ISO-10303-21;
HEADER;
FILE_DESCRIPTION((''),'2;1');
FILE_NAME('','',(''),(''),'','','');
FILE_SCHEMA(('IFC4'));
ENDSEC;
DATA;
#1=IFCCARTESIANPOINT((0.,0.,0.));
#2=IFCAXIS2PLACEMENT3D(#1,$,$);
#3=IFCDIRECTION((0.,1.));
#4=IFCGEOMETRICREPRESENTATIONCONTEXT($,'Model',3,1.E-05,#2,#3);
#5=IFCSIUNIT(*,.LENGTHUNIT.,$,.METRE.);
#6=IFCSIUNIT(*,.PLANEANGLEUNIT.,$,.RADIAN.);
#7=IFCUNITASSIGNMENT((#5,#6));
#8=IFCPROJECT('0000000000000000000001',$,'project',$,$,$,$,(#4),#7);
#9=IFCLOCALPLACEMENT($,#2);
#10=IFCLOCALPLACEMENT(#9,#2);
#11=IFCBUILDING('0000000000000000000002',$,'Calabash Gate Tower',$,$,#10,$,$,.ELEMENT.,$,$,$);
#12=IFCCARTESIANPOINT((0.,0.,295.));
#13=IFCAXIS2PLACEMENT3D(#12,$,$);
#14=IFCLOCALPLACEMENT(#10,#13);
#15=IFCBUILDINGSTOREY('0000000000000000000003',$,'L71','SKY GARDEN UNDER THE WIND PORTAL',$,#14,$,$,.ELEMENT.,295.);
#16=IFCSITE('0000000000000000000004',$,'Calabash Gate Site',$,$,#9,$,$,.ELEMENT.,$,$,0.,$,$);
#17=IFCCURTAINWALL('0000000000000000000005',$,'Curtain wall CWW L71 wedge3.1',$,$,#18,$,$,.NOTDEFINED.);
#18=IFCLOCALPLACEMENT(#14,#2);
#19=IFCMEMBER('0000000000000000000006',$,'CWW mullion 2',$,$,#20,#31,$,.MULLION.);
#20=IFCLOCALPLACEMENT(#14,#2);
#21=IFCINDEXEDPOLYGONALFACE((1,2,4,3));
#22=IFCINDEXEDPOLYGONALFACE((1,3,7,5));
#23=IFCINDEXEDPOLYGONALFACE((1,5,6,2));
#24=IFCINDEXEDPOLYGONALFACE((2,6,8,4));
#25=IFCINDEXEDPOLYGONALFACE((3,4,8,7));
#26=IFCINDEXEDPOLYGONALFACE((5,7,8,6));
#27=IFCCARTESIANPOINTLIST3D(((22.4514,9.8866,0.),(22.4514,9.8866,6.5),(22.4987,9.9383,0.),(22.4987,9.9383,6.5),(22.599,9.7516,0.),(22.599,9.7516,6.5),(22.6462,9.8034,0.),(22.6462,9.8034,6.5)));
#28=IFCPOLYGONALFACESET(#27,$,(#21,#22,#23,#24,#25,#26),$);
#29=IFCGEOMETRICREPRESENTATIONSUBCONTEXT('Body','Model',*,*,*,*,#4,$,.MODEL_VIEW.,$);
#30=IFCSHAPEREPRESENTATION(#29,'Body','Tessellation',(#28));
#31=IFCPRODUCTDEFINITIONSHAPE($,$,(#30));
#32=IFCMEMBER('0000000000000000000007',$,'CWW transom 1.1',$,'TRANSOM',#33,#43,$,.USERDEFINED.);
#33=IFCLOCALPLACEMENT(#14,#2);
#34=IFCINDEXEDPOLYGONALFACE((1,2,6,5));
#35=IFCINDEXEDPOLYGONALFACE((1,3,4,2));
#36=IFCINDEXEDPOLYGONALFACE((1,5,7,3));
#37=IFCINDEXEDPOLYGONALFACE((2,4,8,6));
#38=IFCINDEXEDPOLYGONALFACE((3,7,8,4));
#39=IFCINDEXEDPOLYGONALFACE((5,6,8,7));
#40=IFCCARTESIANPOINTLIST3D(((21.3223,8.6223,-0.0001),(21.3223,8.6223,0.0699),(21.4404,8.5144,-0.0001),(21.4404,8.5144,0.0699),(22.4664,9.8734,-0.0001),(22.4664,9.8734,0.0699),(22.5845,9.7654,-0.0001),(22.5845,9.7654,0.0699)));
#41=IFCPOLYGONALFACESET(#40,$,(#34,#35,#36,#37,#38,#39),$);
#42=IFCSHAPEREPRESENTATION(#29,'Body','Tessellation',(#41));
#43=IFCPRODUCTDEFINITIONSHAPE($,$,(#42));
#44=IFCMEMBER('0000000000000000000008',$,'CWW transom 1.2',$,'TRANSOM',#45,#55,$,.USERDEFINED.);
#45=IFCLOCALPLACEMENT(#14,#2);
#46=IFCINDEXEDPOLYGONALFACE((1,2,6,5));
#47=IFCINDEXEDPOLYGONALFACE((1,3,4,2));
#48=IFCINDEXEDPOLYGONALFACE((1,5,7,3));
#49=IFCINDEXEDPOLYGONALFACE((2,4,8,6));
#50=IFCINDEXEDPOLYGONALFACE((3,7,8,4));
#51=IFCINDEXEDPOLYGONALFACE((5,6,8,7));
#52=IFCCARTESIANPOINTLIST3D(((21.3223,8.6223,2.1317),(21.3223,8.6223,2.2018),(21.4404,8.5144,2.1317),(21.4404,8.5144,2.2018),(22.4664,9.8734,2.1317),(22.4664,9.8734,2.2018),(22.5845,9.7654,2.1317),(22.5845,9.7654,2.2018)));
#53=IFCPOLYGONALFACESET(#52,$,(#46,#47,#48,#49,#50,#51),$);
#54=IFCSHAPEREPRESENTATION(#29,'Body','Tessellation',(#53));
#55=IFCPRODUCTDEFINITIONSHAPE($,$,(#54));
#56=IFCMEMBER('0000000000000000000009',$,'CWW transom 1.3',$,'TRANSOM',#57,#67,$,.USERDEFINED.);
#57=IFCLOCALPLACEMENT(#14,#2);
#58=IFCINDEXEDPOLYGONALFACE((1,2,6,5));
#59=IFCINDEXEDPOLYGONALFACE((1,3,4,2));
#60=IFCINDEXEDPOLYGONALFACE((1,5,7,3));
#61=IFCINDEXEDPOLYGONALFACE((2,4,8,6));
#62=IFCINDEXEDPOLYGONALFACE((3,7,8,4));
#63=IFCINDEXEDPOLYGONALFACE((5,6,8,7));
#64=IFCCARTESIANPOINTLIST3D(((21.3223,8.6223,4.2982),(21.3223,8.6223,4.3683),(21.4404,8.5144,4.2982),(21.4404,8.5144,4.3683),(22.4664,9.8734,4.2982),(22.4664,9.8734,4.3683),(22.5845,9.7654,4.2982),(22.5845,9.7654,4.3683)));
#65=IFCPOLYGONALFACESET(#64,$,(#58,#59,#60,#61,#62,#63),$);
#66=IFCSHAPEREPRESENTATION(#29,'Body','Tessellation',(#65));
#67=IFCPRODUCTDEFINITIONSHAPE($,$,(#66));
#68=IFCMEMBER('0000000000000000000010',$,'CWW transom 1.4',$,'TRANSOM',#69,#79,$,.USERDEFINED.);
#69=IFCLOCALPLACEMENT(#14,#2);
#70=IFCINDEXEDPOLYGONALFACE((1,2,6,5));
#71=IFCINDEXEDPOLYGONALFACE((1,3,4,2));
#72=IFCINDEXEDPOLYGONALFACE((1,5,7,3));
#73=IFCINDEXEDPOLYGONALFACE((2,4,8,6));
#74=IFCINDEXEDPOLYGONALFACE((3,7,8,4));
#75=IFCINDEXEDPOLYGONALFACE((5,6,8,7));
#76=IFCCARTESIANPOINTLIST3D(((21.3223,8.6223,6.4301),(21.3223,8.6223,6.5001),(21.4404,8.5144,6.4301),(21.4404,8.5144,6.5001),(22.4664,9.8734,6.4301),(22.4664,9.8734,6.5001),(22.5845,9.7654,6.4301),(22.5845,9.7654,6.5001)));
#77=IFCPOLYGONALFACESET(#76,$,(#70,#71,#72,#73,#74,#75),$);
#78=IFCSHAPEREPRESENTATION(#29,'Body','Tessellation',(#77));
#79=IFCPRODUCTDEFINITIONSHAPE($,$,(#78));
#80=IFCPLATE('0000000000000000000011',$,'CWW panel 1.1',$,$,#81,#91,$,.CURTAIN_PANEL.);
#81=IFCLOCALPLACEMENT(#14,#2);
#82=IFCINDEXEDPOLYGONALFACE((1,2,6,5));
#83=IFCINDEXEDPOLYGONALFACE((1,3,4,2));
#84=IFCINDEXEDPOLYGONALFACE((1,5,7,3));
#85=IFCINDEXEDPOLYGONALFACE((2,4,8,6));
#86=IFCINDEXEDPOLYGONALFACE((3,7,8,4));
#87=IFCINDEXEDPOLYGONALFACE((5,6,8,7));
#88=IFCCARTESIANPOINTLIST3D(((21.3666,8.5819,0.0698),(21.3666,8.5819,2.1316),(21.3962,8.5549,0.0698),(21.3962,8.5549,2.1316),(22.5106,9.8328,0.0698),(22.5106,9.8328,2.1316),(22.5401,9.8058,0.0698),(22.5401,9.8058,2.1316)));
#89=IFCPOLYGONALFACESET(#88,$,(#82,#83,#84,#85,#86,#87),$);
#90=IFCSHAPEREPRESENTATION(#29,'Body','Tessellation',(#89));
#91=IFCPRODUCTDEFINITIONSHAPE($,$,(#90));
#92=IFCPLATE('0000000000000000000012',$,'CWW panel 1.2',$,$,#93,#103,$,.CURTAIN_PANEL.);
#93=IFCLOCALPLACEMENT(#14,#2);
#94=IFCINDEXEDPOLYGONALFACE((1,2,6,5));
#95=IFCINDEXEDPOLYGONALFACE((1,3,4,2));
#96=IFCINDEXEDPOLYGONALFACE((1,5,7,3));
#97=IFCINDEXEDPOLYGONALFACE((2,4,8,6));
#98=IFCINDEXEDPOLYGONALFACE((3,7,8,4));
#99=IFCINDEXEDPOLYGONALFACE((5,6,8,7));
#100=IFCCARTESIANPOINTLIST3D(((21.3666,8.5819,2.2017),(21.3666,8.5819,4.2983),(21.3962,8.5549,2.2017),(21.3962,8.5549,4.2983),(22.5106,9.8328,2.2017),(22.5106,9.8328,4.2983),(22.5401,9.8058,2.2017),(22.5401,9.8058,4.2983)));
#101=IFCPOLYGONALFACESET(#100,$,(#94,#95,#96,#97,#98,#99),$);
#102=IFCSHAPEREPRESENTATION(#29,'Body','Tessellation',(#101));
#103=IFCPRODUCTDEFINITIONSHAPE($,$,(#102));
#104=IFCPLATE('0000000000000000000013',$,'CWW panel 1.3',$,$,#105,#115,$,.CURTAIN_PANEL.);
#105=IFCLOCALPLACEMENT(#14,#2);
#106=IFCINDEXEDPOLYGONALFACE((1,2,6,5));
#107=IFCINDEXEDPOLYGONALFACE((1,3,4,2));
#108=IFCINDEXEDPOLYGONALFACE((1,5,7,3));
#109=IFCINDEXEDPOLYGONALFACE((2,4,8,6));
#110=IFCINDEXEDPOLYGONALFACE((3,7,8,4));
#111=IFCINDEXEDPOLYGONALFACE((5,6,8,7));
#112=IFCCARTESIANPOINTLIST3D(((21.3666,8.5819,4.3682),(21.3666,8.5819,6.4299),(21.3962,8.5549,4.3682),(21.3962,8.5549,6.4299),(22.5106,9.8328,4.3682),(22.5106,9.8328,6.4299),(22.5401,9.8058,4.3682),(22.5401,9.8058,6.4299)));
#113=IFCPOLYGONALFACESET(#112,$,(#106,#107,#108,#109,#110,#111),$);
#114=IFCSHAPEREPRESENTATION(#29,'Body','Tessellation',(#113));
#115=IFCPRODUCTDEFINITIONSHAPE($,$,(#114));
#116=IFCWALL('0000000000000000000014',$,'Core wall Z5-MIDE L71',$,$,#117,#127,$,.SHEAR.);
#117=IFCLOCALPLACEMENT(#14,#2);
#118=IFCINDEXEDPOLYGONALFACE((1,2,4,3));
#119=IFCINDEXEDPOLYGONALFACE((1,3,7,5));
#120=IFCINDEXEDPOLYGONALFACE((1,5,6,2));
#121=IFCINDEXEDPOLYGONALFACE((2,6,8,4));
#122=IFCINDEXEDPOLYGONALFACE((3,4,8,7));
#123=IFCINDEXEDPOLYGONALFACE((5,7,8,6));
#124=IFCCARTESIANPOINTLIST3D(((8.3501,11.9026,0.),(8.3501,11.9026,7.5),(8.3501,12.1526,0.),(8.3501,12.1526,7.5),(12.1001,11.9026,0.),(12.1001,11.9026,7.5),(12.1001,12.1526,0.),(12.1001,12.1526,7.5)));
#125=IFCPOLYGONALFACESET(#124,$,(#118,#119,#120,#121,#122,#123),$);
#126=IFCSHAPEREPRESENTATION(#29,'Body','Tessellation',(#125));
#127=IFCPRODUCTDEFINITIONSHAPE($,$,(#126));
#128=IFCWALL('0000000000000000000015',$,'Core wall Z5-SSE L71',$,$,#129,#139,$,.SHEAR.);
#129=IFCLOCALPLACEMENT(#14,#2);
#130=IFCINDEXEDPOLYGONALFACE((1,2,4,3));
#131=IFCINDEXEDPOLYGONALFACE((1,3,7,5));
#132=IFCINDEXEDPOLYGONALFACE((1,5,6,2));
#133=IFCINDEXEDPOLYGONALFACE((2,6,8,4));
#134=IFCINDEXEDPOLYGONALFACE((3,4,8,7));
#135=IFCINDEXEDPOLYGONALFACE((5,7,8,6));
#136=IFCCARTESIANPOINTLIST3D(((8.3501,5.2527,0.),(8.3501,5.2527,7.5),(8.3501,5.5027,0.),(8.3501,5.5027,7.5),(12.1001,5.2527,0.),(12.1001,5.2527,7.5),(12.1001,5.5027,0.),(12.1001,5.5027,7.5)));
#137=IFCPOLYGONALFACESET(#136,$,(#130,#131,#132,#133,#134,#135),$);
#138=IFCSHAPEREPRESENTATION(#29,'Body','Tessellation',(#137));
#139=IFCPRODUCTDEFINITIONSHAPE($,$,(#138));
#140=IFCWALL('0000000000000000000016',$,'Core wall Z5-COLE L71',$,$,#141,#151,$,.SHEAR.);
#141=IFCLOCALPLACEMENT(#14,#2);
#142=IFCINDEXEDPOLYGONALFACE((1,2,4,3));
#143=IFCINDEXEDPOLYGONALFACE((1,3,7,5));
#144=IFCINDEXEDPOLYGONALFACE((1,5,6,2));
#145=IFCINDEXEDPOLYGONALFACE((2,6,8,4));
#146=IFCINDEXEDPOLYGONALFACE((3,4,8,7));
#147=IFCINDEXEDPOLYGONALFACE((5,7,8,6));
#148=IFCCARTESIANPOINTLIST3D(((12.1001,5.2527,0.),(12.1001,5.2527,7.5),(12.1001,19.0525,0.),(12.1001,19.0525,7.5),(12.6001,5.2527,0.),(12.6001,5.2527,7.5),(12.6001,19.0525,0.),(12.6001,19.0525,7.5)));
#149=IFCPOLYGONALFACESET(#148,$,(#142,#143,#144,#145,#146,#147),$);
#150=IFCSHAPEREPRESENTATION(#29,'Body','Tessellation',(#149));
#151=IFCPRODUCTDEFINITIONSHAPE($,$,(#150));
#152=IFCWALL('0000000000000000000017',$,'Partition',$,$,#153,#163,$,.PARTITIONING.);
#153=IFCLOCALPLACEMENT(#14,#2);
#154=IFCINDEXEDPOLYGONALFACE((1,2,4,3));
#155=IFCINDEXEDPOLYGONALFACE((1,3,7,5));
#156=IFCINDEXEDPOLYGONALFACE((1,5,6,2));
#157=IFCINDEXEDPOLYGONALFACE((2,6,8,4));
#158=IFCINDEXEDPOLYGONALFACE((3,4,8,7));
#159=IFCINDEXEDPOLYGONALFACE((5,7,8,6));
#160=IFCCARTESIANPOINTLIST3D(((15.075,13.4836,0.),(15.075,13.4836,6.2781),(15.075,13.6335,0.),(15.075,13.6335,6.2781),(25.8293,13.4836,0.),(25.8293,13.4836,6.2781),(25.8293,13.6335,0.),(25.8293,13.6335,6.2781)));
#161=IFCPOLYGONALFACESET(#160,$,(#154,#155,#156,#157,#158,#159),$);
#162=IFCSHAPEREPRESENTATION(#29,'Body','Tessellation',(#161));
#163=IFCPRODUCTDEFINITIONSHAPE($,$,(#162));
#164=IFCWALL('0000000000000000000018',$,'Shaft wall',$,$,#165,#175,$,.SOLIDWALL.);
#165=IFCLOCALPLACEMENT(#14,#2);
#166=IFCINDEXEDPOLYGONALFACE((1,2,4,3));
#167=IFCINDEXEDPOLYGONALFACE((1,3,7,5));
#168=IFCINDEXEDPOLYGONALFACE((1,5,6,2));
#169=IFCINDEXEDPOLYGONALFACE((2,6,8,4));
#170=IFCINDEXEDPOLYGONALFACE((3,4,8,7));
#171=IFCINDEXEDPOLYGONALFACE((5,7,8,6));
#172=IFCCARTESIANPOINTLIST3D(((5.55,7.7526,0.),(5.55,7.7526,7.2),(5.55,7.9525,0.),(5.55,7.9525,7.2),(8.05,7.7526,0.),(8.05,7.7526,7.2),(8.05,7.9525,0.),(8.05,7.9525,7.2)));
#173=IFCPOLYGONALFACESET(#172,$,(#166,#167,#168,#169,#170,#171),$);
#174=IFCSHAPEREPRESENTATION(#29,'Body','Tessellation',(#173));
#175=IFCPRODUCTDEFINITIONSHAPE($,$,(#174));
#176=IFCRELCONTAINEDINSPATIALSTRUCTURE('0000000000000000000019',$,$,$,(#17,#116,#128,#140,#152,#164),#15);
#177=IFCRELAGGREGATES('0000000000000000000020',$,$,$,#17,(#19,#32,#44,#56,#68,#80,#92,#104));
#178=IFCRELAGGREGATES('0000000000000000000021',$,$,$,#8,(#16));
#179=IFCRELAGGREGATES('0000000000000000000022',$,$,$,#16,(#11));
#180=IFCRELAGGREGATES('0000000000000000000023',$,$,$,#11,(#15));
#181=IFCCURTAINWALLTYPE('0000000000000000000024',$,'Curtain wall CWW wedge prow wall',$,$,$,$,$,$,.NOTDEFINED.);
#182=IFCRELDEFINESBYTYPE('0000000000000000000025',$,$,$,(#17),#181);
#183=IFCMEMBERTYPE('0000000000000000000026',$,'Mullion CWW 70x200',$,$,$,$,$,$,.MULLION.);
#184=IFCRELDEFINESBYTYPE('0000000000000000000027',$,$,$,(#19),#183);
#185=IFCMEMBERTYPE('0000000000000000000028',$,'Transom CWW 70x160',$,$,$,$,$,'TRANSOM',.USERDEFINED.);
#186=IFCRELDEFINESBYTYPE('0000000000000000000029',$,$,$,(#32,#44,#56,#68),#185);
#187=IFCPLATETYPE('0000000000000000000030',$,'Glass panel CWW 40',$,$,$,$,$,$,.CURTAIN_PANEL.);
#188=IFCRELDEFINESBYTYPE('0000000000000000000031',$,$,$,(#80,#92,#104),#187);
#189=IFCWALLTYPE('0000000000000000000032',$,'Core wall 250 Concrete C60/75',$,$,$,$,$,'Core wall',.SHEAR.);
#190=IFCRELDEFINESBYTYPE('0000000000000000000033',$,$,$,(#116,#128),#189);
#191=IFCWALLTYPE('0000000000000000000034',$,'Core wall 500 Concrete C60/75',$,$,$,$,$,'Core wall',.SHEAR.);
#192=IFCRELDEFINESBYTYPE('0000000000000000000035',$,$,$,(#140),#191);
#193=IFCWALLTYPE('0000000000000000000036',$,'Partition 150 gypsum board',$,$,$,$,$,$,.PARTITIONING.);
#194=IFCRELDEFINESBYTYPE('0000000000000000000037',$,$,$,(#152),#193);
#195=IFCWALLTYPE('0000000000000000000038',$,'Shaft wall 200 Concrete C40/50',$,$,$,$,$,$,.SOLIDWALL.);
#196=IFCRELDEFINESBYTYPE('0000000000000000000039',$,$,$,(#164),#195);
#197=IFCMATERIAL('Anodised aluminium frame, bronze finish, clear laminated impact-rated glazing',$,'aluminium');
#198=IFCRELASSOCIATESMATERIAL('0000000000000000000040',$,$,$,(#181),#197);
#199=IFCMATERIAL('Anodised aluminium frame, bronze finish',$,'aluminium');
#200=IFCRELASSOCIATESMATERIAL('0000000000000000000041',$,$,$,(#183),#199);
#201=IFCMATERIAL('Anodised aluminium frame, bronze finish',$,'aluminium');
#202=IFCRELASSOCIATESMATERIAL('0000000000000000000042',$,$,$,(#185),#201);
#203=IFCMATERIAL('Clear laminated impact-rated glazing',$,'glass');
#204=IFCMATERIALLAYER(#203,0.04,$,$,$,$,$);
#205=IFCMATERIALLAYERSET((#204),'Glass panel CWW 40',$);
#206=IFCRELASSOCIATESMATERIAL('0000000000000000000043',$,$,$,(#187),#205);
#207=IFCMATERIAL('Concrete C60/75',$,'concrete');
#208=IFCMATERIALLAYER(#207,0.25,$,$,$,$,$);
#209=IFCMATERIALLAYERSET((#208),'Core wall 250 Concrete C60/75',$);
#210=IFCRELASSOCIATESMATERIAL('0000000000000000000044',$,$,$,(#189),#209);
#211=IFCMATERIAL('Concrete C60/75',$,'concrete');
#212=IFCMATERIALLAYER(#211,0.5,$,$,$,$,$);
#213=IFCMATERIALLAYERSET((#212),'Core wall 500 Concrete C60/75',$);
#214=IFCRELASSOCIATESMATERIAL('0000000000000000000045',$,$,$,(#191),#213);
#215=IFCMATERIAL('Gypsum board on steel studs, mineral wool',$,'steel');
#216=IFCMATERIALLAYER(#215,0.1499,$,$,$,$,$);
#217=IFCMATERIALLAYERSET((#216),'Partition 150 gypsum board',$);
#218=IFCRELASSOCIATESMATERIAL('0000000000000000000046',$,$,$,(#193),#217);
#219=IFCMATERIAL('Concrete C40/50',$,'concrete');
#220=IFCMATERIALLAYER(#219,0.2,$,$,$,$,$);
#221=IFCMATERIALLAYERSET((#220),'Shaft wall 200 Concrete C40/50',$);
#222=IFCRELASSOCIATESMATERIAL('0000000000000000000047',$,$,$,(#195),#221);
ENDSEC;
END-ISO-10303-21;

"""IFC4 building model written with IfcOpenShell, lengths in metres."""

from ifc_helpers import new_model, si_unit, direction, frame, frame_2d, origin, origin_2d, place, context, subcontext, project, spatial, rectangle, extrude, material, layer, layer_set, material_profile, profile_set, type_object, element, aggregate, save


model = new_model("IFC4")

# Units and contexts
model_context = context("Model", 3, precision=1e-05, world=origin(), true_north=direction((0.0, 1.0)))
body_context = subcontext(model_context, "Body", "Model", "MODEL_VIEW")
ifc_project = project(units=[si_unit("LENGTHUNIT", "METRE"), si_unit("PLANEANGLEUNIT", "RADIAN")], contexts=[model_context])

# Site, building, storey
site_placement = place(None, origin())
site = spatial("IfcSite", under=ifc_project, at=site_placement, Name="Calabash Gate Site", CompositionType="ELEMENT", RefElevation=0.0)
building_placement = place(site_placement, origin())
building = spatial("IfcBuilding", under=site, at=building_placement, Name="Calabash Gate Tower", CompositionType="ELEMENT")
storey_placement = place(building_placement, frame((0.0, 0.0, 295.0)))
storey = spatial("IfcBuildingStorey", under=building, at=storey_placement, Name="L71", Description="SKY GARDEN UNDER THE WIND PORTAL", CompositionType="ELEMENT", Elevation=295.0)

# Curtain wall, members, plates
ifc_material_1 = material(Name="Anodised aluminium frame, bronze finish, clear laminated impact-rated glazing", Category="aluminium")
curtain_wall_type = type_object("IfcCurtainWallType", Name="Curtain wall CWW wedge prow wall", PredefinedType="NOTDEFINED", material=ifc_material_1)
curtain_wall_placement = place(storey_placement, origin())
curtain_wall = element("IfcCurtainWall", 1, at=curtain_wall_placement, inside=storey, type_object=curtain_wall_type, Name="Curtain wall CWW L71 wedge3.1", PredefinedType="NOTDEFINED")
ifc_material_2 = material(Name="Anodised aluminium frame, bronze finish", Category="aluminium")
ifc_material_profile_1 = material_profile(ifc_material_2, rectangle(XDim=0.2, YDim=0.0701, at=origin_2d()))
ifc_profile_set_1 = profile_set([ifc_material_profile_1], Name="Anodised aluminium frame, bronze finish")
member_type_1 = type_object("IfcMemberType", Name="Mullion CWW 70x200", PredefinedType="MULLION", material=ifc_profile_set_1)
member_1_placement = place(storey_placement, frame((22.5488, 9.845, 0.0), z_axis=(0.0, 0.0, 1.0), x_axis=(-0.73795, 0.674856, 0.0)))
member_1 = element("IfcMember", 2, at=member_1_placement, type_object=member_type_1, Name="CWW mullion 2", PredefinedType="MULLION", context=body_context, shape_type="SweptSolid", body=[
    extrude(rectangle(XDim=0.2, YDim=0.0701, at=origin_2d()), origin(), (0.0, 0.0, 1.0), 6.5),
])
ifc_material_3 = material(Name="Anodised aluminium frame, bronze finish", Category="aluminium")
ifc_material_profile_2 = material_profile(ifc_material_3, rectangle(XDim=0.1599, YDim=0.0701, at=origin_2d()))
ifc_profile_set_2 = profile_set([ifc_material_profile_2], Name="Anodised aluminium frame, bronze finish")
member_type_2 = type_object("IfcMemberType", Name="Transom CWW 70x160", ElementType="TRANSOM", PredefinedType="USERDEFINED", material=ifc_profile_set_2)
member_2_placement = place(storey_placement, frame((21.3813, 8.5684, 0.0349), z_axis=(0.674863, 0.737943, 0.0), x_axis=(-0.737943, 0.674863, 0.0)))
member_2 = element("IfcMember", 3, at=member_2_placement, type_object=member_type_2, Name="CWW transom 1.1", ObjectType="TRANSOM", PredefinedType="USERDEFINED", context=body_context, shape_type="SweptSolid", body=[
    extrude(rectangle(XDim=0.1599, YDim=0.0701, at=origin_2d()), origin(), (0.0, 0.0, 1.0), 1.6953),
])
member_3_placement = place(storey_placement, frame((21.3813, 8.5684, 2.1667), z_axis=(0.674863, 0.737943, 0.0), x_axis=(-0.737943, 0.674863, 0.0)))
member_3 = element("IfcMember", 4, at=member_3_placement, type_object=member_type_2, Name="CWW transom 1.2", ObjectType="TRANSOM", PredefinedType="USERDEFINED", context=body_context, shape_type="SweptSolid", body=[
    extrude(rectangle(XDim=0.1599, YDim=0.0701, at=origin_2d()), origin(), (0.0, 0.0, 1.0), 1.6953),
])
member_4_placement = place(storey_placement, frame((21.3813, 8.5684, 4.3333), z_axis=(0.674863, 0.737943, 0.0), x_axis=(-0.737943, 0.674863, 0.0)))
member_4 = element("IfcMember", 5, at=member_4_placement, type_object=member_type_2, Name="CWW transom 1.3", ObjectType="TRANSOM", PredefinedType="USERDEFINED", context=body_context, shape_type="SweptSolid", body=[
    extrude(rectangle(XDim=0.1599, YDim=0.0701, at=origin_2d()), origin(), (0.0, 0.0, 1.0), 1.6953),
])
member_5_placement = place(storey_placement, frame((21.3813, 8.5684, 6.4651), z_axis=(0.674863, 0.737943, 0.0), x_axis=(-0.737943, 0.674863, 0.0)))
member_5 = element("IfcMember", 6, at=member_5_placement, type_object=member_type_2, Name="CWW transom 1.4", ObjectType="TRANSOM", PredefinedType="USERDEFINED", context=body_context, shape_type="SweptSolid", body=[
    extrude(rectangle(XDim=0.1599, YDim=0.0701, at=origin_2d()), origin(), (0.0, 0.0, 1.0), 1.6953),
])
ifc_material_4 = material(Name="Clear laminated impact-rated glazing", Category="glass")
ifc_layer_1 = layer(ifc_material_4, 0.04)
ifc_layer_set_1 = layer_set([ifc_layer_1], Name="Glass panel CWW 40")
plate_type = type_object("IfcPlateType", Name="Glass panel CWW 40", PredefinedType="CURTAIN_PANEL", material=ifc_layer_set_1)
plate_1_placement = place(storey_placement, frame((21.9534, 9.1938, 0.0698), z_axis=(0.0, 0.0, 1.0), x_axis=(0.674856, 0.73795, 0.0)))
plate_1 = element("IfcPlate", 7, at=plate_1_placement, type_object=plate_type, Name="CWW panel 1.1", PredefinedType="CURTAIN_PANEL", context=body_context, shape_type="SweptSolid", body=[
    extrude(rectangle(XDim=1.6951, YDim=0.04, at=origin_2d()), origin(), (0.0, 0.0, 1.0), 2.0618),
])
plate_2_placement = place(storey_placement, frame((21.9534, 9.1938, 2.2017), z_axis=(0.0, 0.0, 1.0), x_axis=(0.674856, 0.73795, 0.0)))
plate_2 = element("IfcPlate", 8, at=plate_2_placement, type_object=plate_type, Name="CWW panel 1.2", PredefinedType="CURTAIN_PANEL", context=body_context, shape_type="SweptSolid", body=[
    extrude(rectangle(XDim=1.6951, YDim=0.04, at=origin_2d()), origin(), (0.0, 0.0, 1.0), 2.0967),
])
plate_3_placement = place(storey_placement, frame((21.9534, 9.1938, 4.3682), z_axis=(0.0, 0.0, 1.0), x_axis=(0.674856, 0.73795, 0.0)))
plate_3 = element("IfcPlate", 9, at=plate_3_placement, type_object=plate_type, Name="CWW panel 1.3", PredefinedType="CURTAIN_PANEL", context=body_context, shape_type="SweptSolid", body=[
    extrude(rectangle(XDim=1.6951, YDim=0.04, at=origin_2d()), origin(), (0.0, 0.0, 1.0), 2.0618),
])
aggregate(curtain_wall, [member_1, member_2, member_3, member_4, member_5, plate_1, plate_2, plate_3])

# Walls
ifc_material_5 = material(Name="Concrete C60/75", Category="concrete")
ifc_layer_2 = layer(ifc_material_5, 0.25)
ifc_layer_set_2 = layer_set([ifc_layer_2], Name="Core wall 250 Concrete C60/75")
wall_type_1 = type_object("IfcWallType", Name="Core wall 250 Concrete C60/75", ElementType="Core wall", PredefinedType="SHEAR", material=ifc_layer_set_2)
for number, where, z_axis, x_axis, name in (
    (10, (8.3501, 12.0276, 0.0), (0.0, 0.0, 1.0), (1.0, 0.0, 0.0), "Core wall Z5-MIDE L71"),
    (11, (8.3501, 5.3777, 0.0), (0.0, 0.0, 1.0), (1.0, 0.0, 0.0), "Core wall Z5-SSE L71"),
):
    element("IfcWall", number, at=place(storey_placement, frame(where, z_axis=z_axis, x_axis=x_axis)), inside=storey, type_object=wall_type_1, Name=name, PredefinedType="SHEAR", context=body_context, shape_type="SweptSolid", body=[
        extrude(rectangle(XDim=3.75, YDim=0.25, at=frame_2d((1.875, 0.0))), origin(), (0.0, 0.0, 1.0), 7.5),
    ])
ifc_material_6 = material(Name="Concrete C60/75", Category="concrete")
ifc_layer_3 = layer(ifc_material_6, 0.5)
ifc_layer_set_3 = layer_set([ifc_layer_3], Name="Core wall 500 Concrete C60/75")
wall_type_2 = type_object("IfcWallType", Name="Core wall 500 Concrete C60/75", ElementType="Core wall", PredefinedType="SHEAR", material=ifc_layer_set_3)
wall_1_placement = place(storey_placement, frame((12.3501, 5.2527, 0.0), z_axis=(0.0, 0.0, 1.0), x_axis=(0.0, 1.0, 0.0)))
element("IfcWall", 12, at=wall_1_placement, inside=storey, type_object=wall_type_2, Name="Core wall Z5-COLE L71", PredefinedType="SHEAR", context=body_context, shape_type="SweptSolid", body=[
    extrude(rectangle(XDim=13.7998, YDim=0.5, at=frame_2d((6.8999, 0.0))), origin(), (0.0, 0.0, 1.0), 7.5),
])
ifc_material_7 = material(Name="Gypsum board on steel studs, mineral wool", Category="steel")
ifc_layer_4 = layer(ifc_material_7, 0.1499)
ifc_layer_set_4 = layer_set([ifc_layer_4], Name="Partition 150 gypsum board")
wall_type_3 = type_object("IfcWallType", Name="Partition 150 gypsum board", PredefinedType="PARTITIONING", material=ifc_layer_set_4)
wall_2_placement = place(storey_placement, frame((15.075, 13.5586, 0.0), z_axis=(0.0, 0.0, 1.0), x_axis=(1.0, 0.0, 0.0)))
element("IfcWall", 13, at=wall_2_placement, inside=storey, type_object=wall_type_3, Name="Partition", PredefinedType="PARTITIONING", context=body_context, shape_type="SweptSolid", body=[
    extrude(rectangle(XDim=10.7544, YDim=0.1499, at=frame_2d((5.3772, 0.0))), origin(), (0.0, 0.0, 1.0), 6.2781),
])
ifc_material_8 = material(Name="Concrete C40/50", Category="concrete")
ifc_layer_5 = layer(ifc_material_8, 0.2)
ifc_layer_set_5 = layer_set([ifc_layer_5], Name="Shaft wall 200 Concrete C40/50")
wall_type_4 = type_object("IfcWallType", Name="Shaft wall 200 Concrete C40/50", PredefinedType="SOLIDWALL", material=ifc_layer_set_5)
wall_3_placement = place(storey_placement, frame((5.55, 7.8525, 0.0), z_axis=(0.0, 0.0, 1.0), x_axis=(1.0, 0.0, 0.0)))
element("IfcWall", 14, at=wall_3_placement, inside=storey, type_object=wall_type_4, Name="Shaft wall", PredefinedType="SOLIDWALL", context=body_context, shape_type="SweptSolid", body=[
    extrude(rectangle(XDim=2.5, YDim=0.2, at=frame_2d((1.25, 0.0))), origin(), (0.0, 0.0, 1.0), 7.2),
])

save(model, "model.ifc")
